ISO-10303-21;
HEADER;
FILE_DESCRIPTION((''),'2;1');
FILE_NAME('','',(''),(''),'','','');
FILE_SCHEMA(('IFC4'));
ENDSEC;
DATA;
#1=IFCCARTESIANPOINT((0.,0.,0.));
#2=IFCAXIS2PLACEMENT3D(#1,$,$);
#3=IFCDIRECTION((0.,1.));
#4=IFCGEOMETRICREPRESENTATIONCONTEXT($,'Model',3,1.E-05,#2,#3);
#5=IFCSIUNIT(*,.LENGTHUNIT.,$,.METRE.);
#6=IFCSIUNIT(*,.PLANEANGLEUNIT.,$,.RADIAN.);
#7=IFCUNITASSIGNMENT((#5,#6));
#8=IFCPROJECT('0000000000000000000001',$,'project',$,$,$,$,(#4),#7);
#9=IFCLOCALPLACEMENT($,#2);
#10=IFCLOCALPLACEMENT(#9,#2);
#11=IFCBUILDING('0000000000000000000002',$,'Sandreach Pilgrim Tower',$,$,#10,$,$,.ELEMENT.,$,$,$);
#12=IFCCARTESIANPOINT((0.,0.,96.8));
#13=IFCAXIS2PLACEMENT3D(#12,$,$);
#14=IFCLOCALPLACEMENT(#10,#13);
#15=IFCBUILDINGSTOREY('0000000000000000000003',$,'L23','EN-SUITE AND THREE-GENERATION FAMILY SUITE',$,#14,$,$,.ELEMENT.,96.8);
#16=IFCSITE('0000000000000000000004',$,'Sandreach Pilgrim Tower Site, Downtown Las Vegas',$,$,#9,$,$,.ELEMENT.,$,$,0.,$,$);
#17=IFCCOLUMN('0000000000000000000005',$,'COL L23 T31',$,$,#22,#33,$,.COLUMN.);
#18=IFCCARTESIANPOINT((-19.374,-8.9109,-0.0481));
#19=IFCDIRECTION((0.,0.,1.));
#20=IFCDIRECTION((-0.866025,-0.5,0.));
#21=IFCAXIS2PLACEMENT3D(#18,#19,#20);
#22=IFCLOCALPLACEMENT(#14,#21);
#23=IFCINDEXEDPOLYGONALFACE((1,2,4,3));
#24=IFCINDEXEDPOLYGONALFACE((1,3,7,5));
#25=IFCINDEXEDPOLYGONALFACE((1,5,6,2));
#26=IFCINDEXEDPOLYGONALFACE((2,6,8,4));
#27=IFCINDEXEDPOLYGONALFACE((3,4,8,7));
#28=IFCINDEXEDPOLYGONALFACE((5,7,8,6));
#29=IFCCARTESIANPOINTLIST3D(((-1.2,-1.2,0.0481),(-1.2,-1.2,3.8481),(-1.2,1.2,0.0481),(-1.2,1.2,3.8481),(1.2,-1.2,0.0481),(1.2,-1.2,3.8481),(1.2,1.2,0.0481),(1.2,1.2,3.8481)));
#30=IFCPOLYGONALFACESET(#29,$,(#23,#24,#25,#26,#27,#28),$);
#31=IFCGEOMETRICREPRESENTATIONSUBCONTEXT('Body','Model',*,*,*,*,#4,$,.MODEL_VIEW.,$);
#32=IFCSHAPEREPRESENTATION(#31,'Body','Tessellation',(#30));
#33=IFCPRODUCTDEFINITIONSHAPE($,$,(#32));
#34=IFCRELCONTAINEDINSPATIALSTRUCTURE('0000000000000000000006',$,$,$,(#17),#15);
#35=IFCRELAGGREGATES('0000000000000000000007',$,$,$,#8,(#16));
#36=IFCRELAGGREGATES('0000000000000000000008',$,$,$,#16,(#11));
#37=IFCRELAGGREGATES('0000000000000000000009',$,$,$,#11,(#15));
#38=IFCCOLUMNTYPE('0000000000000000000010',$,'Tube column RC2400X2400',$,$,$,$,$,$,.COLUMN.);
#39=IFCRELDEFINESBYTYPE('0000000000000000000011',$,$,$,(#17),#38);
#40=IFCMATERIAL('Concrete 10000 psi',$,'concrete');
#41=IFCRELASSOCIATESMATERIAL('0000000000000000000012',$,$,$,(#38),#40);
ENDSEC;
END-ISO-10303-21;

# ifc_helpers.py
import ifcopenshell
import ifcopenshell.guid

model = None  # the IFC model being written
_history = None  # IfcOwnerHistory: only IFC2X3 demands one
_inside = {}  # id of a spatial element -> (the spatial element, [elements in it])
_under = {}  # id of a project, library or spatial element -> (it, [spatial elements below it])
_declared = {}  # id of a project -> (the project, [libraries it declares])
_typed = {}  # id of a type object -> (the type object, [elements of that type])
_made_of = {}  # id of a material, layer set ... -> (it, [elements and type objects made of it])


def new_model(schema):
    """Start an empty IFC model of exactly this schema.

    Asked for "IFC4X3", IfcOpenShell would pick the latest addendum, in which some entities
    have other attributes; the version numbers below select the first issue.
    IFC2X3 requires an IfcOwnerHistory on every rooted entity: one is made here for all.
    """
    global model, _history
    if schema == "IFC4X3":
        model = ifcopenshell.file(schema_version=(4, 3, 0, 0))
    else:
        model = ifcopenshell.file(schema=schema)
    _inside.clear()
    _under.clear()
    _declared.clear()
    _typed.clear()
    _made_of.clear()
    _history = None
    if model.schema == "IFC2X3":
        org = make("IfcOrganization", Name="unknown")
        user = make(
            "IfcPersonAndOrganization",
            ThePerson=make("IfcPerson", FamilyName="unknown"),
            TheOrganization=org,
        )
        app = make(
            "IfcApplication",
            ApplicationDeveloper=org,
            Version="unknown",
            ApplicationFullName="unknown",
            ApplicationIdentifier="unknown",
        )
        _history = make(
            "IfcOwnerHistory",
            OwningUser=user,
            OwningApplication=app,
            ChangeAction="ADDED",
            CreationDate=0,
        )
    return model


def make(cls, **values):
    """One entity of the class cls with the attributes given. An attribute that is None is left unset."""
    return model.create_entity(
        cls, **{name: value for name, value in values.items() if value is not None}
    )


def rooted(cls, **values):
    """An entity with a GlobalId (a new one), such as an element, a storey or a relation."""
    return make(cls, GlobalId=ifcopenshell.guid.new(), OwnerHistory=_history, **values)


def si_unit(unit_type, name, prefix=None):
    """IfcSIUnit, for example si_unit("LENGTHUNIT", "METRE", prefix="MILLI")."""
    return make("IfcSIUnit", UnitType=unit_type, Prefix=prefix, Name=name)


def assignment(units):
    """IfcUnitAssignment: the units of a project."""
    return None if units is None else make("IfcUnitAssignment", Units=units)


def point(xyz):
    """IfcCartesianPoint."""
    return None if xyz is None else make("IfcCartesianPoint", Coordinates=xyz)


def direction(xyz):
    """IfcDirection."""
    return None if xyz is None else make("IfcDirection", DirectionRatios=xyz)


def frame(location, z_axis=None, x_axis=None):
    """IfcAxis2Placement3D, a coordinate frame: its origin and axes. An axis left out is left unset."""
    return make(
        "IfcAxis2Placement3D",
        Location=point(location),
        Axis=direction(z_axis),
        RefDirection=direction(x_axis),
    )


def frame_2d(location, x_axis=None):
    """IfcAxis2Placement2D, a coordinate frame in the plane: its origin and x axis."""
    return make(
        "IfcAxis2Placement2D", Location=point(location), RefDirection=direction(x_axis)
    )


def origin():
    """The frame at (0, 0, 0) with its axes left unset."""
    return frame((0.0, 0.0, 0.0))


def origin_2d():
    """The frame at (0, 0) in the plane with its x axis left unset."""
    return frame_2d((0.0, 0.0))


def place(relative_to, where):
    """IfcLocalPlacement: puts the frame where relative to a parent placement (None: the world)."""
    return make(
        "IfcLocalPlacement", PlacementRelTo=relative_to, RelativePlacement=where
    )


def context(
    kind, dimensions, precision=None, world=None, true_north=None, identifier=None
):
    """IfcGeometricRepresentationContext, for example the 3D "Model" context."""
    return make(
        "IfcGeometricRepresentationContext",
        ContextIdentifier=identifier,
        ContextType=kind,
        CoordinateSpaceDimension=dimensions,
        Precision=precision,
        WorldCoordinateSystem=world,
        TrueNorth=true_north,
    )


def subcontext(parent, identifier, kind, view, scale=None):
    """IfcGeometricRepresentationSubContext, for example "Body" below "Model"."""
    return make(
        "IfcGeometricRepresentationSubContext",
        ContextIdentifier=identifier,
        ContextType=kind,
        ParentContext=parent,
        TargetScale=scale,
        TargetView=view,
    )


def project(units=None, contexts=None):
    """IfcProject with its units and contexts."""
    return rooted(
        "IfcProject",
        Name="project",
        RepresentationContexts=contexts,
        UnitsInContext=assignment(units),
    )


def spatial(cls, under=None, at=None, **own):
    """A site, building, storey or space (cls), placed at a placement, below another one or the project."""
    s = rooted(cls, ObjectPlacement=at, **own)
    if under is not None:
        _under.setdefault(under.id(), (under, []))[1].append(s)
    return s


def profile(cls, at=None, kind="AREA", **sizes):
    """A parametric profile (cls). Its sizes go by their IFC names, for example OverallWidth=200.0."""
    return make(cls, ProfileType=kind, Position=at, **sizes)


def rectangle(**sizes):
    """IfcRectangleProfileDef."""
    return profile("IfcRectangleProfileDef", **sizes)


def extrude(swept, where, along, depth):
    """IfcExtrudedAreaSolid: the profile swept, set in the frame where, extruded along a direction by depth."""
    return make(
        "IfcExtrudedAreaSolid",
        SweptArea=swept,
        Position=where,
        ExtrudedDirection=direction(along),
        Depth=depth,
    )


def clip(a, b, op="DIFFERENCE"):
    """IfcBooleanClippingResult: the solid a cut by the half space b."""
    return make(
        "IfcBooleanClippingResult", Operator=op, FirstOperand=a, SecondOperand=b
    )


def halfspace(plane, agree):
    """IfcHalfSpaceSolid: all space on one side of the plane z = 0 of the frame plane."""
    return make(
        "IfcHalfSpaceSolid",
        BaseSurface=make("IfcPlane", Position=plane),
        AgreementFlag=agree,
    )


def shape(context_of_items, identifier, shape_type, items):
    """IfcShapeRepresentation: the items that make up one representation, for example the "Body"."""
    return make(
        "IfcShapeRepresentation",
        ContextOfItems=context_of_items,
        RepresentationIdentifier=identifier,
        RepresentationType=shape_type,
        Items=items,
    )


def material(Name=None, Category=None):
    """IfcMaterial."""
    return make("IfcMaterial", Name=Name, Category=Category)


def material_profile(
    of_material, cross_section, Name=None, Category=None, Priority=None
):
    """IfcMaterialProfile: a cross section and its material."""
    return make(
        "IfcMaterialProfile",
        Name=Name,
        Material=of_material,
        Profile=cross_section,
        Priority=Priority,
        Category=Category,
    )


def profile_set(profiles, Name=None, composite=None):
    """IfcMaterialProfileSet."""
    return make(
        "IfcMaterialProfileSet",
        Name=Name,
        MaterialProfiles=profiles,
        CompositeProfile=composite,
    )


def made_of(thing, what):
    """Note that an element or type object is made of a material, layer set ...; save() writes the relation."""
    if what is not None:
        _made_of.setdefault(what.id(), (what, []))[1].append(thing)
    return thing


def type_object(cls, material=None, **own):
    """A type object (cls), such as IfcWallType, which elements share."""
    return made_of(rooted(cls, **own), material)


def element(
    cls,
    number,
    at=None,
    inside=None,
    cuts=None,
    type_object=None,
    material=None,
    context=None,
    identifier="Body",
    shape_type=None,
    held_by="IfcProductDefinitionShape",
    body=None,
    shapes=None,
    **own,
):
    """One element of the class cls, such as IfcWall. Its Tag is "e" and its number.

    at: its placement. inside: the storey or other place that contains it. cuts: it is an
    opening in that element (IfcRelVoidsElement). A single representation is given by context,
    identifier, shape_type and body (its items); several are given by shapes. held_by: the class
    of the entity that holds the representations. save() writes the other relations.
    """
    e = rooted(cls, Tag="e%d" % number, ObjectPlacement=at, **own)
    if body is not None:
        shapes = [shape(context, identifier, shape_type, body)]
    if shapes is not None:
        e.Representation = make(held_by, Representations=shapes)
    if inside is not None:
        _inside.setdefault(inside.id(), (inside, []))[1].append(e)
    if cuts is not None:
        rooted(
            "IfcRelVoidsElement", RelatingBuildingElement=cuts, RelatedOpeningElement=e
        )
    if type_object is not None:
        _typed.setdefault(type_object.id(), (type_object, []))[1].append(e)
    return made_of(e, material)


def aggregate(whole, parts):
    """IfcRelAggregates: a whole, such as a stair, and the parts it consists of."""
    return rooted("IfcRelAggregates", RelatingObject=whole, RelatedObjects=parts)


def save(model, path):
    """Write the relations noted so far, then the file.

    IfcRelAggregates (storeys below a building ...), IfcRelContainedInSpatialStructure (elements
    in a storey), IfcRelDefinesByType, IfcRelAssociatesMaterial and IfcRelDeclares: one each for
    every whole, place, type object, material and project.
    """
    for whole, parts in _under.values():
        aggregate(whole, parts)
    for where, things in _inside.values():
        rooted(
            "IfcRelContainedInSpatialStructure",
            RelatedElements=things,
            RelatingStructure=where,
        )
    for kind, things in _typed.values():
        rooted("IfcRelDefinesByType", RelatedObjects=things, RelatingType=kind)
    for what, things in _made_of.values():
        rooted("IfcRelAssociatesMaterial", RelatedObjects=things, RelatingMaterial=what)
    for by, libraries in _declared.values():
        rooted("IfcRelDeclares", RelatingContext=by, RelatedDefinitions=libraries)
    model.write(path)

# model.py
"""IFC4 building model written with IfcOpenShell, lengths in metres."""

from ifc_helpers import new_model, si_unit, direction, frame, origin, origin_2d, place, context, subcontext, project, spatial, rectangle, extrude, clip, halfspace, material, material_profile, profile_set, type_object, element, save


model = new_model("IFC4")

# Units and contexts
model_context = context("Model", 3, precision=1e-05, world=origin(), true_north=direction((0.0, 1.0)))
body_context = subcontext(model_context, "Body", "Model", "MODEL_VIEW")
ifc_project = project(units=[si_unit("LENGTHUNIT", "METRE"), si_unit("PLANEANGLEUNIT", "RADIAN")], contexts=[model_context])

# Site, building, storey
site_placement = place(None, origin())
site = spatial("IfcSite", under=ifc_project, at=site_placement, Name="Sandreach Pilgrim Tower Site, Downtown Las Vegas", CompositionType="ELEMENT", RefElevation=0.0)
building_placement = place(site_placement, origin())
building = spatial("IfcBuilding", under=site, at=building_placement, Name="Sandreach Pilgrim Tower", CompositionType="ELEMENT")
storey_placement = place(building_placement, frame((0.0, 0.0, 96.8)))
storey = spatial("IfcBuildingStorey", under=building, at=storey_placement, Name="L23", Description="EN-SUITE AND THREE-GENERATION FAMILY SUITE", CompositionType="ELEMENT", Elevation=96.8)

# Column
ifc_material_1 = material(Name="Concrete 10000 psi", Category="concrete")
ifc_material_profile_1 = material_profile(ifc_material_1, rectangle(XDim=2.3999, YDim=2.3999, at=origin_2d()), Name="RC2400X2400")
ifc_profile_set_1 = profile_set([ifc_material_profile_1], Name="Concrete 10000 psi")
column_type = type_object("IfcColumnType", Name="Tube column RC2400X2400", PredefinedType="COLUMN", material=ifc_profile_set_1)
column_placement = place(storey_placement, frame((-19.374, -8.9109, -0.0481), z_axis=(0.0, 0.0, 1.0), x_axis=(-0.866025, -0.5, 0.0)))
element("IfcColumn", 1, at=column_placement, inside=storey, type_object=column_type, Name="COL L23 T31", PredefinedType="COLUMN", context=body_context, shape_type="SweptSolid", body=[
    clip(extrude(rectangle(XDim=2.3999, YDim=2.3999, at=origin_2d()), origin(), (0.0, 0.0, 1.0), 3.8481), halfspace(frame((0.0, 0.0, 0.0481)), True)),
])

save(model, "model.ifc")
